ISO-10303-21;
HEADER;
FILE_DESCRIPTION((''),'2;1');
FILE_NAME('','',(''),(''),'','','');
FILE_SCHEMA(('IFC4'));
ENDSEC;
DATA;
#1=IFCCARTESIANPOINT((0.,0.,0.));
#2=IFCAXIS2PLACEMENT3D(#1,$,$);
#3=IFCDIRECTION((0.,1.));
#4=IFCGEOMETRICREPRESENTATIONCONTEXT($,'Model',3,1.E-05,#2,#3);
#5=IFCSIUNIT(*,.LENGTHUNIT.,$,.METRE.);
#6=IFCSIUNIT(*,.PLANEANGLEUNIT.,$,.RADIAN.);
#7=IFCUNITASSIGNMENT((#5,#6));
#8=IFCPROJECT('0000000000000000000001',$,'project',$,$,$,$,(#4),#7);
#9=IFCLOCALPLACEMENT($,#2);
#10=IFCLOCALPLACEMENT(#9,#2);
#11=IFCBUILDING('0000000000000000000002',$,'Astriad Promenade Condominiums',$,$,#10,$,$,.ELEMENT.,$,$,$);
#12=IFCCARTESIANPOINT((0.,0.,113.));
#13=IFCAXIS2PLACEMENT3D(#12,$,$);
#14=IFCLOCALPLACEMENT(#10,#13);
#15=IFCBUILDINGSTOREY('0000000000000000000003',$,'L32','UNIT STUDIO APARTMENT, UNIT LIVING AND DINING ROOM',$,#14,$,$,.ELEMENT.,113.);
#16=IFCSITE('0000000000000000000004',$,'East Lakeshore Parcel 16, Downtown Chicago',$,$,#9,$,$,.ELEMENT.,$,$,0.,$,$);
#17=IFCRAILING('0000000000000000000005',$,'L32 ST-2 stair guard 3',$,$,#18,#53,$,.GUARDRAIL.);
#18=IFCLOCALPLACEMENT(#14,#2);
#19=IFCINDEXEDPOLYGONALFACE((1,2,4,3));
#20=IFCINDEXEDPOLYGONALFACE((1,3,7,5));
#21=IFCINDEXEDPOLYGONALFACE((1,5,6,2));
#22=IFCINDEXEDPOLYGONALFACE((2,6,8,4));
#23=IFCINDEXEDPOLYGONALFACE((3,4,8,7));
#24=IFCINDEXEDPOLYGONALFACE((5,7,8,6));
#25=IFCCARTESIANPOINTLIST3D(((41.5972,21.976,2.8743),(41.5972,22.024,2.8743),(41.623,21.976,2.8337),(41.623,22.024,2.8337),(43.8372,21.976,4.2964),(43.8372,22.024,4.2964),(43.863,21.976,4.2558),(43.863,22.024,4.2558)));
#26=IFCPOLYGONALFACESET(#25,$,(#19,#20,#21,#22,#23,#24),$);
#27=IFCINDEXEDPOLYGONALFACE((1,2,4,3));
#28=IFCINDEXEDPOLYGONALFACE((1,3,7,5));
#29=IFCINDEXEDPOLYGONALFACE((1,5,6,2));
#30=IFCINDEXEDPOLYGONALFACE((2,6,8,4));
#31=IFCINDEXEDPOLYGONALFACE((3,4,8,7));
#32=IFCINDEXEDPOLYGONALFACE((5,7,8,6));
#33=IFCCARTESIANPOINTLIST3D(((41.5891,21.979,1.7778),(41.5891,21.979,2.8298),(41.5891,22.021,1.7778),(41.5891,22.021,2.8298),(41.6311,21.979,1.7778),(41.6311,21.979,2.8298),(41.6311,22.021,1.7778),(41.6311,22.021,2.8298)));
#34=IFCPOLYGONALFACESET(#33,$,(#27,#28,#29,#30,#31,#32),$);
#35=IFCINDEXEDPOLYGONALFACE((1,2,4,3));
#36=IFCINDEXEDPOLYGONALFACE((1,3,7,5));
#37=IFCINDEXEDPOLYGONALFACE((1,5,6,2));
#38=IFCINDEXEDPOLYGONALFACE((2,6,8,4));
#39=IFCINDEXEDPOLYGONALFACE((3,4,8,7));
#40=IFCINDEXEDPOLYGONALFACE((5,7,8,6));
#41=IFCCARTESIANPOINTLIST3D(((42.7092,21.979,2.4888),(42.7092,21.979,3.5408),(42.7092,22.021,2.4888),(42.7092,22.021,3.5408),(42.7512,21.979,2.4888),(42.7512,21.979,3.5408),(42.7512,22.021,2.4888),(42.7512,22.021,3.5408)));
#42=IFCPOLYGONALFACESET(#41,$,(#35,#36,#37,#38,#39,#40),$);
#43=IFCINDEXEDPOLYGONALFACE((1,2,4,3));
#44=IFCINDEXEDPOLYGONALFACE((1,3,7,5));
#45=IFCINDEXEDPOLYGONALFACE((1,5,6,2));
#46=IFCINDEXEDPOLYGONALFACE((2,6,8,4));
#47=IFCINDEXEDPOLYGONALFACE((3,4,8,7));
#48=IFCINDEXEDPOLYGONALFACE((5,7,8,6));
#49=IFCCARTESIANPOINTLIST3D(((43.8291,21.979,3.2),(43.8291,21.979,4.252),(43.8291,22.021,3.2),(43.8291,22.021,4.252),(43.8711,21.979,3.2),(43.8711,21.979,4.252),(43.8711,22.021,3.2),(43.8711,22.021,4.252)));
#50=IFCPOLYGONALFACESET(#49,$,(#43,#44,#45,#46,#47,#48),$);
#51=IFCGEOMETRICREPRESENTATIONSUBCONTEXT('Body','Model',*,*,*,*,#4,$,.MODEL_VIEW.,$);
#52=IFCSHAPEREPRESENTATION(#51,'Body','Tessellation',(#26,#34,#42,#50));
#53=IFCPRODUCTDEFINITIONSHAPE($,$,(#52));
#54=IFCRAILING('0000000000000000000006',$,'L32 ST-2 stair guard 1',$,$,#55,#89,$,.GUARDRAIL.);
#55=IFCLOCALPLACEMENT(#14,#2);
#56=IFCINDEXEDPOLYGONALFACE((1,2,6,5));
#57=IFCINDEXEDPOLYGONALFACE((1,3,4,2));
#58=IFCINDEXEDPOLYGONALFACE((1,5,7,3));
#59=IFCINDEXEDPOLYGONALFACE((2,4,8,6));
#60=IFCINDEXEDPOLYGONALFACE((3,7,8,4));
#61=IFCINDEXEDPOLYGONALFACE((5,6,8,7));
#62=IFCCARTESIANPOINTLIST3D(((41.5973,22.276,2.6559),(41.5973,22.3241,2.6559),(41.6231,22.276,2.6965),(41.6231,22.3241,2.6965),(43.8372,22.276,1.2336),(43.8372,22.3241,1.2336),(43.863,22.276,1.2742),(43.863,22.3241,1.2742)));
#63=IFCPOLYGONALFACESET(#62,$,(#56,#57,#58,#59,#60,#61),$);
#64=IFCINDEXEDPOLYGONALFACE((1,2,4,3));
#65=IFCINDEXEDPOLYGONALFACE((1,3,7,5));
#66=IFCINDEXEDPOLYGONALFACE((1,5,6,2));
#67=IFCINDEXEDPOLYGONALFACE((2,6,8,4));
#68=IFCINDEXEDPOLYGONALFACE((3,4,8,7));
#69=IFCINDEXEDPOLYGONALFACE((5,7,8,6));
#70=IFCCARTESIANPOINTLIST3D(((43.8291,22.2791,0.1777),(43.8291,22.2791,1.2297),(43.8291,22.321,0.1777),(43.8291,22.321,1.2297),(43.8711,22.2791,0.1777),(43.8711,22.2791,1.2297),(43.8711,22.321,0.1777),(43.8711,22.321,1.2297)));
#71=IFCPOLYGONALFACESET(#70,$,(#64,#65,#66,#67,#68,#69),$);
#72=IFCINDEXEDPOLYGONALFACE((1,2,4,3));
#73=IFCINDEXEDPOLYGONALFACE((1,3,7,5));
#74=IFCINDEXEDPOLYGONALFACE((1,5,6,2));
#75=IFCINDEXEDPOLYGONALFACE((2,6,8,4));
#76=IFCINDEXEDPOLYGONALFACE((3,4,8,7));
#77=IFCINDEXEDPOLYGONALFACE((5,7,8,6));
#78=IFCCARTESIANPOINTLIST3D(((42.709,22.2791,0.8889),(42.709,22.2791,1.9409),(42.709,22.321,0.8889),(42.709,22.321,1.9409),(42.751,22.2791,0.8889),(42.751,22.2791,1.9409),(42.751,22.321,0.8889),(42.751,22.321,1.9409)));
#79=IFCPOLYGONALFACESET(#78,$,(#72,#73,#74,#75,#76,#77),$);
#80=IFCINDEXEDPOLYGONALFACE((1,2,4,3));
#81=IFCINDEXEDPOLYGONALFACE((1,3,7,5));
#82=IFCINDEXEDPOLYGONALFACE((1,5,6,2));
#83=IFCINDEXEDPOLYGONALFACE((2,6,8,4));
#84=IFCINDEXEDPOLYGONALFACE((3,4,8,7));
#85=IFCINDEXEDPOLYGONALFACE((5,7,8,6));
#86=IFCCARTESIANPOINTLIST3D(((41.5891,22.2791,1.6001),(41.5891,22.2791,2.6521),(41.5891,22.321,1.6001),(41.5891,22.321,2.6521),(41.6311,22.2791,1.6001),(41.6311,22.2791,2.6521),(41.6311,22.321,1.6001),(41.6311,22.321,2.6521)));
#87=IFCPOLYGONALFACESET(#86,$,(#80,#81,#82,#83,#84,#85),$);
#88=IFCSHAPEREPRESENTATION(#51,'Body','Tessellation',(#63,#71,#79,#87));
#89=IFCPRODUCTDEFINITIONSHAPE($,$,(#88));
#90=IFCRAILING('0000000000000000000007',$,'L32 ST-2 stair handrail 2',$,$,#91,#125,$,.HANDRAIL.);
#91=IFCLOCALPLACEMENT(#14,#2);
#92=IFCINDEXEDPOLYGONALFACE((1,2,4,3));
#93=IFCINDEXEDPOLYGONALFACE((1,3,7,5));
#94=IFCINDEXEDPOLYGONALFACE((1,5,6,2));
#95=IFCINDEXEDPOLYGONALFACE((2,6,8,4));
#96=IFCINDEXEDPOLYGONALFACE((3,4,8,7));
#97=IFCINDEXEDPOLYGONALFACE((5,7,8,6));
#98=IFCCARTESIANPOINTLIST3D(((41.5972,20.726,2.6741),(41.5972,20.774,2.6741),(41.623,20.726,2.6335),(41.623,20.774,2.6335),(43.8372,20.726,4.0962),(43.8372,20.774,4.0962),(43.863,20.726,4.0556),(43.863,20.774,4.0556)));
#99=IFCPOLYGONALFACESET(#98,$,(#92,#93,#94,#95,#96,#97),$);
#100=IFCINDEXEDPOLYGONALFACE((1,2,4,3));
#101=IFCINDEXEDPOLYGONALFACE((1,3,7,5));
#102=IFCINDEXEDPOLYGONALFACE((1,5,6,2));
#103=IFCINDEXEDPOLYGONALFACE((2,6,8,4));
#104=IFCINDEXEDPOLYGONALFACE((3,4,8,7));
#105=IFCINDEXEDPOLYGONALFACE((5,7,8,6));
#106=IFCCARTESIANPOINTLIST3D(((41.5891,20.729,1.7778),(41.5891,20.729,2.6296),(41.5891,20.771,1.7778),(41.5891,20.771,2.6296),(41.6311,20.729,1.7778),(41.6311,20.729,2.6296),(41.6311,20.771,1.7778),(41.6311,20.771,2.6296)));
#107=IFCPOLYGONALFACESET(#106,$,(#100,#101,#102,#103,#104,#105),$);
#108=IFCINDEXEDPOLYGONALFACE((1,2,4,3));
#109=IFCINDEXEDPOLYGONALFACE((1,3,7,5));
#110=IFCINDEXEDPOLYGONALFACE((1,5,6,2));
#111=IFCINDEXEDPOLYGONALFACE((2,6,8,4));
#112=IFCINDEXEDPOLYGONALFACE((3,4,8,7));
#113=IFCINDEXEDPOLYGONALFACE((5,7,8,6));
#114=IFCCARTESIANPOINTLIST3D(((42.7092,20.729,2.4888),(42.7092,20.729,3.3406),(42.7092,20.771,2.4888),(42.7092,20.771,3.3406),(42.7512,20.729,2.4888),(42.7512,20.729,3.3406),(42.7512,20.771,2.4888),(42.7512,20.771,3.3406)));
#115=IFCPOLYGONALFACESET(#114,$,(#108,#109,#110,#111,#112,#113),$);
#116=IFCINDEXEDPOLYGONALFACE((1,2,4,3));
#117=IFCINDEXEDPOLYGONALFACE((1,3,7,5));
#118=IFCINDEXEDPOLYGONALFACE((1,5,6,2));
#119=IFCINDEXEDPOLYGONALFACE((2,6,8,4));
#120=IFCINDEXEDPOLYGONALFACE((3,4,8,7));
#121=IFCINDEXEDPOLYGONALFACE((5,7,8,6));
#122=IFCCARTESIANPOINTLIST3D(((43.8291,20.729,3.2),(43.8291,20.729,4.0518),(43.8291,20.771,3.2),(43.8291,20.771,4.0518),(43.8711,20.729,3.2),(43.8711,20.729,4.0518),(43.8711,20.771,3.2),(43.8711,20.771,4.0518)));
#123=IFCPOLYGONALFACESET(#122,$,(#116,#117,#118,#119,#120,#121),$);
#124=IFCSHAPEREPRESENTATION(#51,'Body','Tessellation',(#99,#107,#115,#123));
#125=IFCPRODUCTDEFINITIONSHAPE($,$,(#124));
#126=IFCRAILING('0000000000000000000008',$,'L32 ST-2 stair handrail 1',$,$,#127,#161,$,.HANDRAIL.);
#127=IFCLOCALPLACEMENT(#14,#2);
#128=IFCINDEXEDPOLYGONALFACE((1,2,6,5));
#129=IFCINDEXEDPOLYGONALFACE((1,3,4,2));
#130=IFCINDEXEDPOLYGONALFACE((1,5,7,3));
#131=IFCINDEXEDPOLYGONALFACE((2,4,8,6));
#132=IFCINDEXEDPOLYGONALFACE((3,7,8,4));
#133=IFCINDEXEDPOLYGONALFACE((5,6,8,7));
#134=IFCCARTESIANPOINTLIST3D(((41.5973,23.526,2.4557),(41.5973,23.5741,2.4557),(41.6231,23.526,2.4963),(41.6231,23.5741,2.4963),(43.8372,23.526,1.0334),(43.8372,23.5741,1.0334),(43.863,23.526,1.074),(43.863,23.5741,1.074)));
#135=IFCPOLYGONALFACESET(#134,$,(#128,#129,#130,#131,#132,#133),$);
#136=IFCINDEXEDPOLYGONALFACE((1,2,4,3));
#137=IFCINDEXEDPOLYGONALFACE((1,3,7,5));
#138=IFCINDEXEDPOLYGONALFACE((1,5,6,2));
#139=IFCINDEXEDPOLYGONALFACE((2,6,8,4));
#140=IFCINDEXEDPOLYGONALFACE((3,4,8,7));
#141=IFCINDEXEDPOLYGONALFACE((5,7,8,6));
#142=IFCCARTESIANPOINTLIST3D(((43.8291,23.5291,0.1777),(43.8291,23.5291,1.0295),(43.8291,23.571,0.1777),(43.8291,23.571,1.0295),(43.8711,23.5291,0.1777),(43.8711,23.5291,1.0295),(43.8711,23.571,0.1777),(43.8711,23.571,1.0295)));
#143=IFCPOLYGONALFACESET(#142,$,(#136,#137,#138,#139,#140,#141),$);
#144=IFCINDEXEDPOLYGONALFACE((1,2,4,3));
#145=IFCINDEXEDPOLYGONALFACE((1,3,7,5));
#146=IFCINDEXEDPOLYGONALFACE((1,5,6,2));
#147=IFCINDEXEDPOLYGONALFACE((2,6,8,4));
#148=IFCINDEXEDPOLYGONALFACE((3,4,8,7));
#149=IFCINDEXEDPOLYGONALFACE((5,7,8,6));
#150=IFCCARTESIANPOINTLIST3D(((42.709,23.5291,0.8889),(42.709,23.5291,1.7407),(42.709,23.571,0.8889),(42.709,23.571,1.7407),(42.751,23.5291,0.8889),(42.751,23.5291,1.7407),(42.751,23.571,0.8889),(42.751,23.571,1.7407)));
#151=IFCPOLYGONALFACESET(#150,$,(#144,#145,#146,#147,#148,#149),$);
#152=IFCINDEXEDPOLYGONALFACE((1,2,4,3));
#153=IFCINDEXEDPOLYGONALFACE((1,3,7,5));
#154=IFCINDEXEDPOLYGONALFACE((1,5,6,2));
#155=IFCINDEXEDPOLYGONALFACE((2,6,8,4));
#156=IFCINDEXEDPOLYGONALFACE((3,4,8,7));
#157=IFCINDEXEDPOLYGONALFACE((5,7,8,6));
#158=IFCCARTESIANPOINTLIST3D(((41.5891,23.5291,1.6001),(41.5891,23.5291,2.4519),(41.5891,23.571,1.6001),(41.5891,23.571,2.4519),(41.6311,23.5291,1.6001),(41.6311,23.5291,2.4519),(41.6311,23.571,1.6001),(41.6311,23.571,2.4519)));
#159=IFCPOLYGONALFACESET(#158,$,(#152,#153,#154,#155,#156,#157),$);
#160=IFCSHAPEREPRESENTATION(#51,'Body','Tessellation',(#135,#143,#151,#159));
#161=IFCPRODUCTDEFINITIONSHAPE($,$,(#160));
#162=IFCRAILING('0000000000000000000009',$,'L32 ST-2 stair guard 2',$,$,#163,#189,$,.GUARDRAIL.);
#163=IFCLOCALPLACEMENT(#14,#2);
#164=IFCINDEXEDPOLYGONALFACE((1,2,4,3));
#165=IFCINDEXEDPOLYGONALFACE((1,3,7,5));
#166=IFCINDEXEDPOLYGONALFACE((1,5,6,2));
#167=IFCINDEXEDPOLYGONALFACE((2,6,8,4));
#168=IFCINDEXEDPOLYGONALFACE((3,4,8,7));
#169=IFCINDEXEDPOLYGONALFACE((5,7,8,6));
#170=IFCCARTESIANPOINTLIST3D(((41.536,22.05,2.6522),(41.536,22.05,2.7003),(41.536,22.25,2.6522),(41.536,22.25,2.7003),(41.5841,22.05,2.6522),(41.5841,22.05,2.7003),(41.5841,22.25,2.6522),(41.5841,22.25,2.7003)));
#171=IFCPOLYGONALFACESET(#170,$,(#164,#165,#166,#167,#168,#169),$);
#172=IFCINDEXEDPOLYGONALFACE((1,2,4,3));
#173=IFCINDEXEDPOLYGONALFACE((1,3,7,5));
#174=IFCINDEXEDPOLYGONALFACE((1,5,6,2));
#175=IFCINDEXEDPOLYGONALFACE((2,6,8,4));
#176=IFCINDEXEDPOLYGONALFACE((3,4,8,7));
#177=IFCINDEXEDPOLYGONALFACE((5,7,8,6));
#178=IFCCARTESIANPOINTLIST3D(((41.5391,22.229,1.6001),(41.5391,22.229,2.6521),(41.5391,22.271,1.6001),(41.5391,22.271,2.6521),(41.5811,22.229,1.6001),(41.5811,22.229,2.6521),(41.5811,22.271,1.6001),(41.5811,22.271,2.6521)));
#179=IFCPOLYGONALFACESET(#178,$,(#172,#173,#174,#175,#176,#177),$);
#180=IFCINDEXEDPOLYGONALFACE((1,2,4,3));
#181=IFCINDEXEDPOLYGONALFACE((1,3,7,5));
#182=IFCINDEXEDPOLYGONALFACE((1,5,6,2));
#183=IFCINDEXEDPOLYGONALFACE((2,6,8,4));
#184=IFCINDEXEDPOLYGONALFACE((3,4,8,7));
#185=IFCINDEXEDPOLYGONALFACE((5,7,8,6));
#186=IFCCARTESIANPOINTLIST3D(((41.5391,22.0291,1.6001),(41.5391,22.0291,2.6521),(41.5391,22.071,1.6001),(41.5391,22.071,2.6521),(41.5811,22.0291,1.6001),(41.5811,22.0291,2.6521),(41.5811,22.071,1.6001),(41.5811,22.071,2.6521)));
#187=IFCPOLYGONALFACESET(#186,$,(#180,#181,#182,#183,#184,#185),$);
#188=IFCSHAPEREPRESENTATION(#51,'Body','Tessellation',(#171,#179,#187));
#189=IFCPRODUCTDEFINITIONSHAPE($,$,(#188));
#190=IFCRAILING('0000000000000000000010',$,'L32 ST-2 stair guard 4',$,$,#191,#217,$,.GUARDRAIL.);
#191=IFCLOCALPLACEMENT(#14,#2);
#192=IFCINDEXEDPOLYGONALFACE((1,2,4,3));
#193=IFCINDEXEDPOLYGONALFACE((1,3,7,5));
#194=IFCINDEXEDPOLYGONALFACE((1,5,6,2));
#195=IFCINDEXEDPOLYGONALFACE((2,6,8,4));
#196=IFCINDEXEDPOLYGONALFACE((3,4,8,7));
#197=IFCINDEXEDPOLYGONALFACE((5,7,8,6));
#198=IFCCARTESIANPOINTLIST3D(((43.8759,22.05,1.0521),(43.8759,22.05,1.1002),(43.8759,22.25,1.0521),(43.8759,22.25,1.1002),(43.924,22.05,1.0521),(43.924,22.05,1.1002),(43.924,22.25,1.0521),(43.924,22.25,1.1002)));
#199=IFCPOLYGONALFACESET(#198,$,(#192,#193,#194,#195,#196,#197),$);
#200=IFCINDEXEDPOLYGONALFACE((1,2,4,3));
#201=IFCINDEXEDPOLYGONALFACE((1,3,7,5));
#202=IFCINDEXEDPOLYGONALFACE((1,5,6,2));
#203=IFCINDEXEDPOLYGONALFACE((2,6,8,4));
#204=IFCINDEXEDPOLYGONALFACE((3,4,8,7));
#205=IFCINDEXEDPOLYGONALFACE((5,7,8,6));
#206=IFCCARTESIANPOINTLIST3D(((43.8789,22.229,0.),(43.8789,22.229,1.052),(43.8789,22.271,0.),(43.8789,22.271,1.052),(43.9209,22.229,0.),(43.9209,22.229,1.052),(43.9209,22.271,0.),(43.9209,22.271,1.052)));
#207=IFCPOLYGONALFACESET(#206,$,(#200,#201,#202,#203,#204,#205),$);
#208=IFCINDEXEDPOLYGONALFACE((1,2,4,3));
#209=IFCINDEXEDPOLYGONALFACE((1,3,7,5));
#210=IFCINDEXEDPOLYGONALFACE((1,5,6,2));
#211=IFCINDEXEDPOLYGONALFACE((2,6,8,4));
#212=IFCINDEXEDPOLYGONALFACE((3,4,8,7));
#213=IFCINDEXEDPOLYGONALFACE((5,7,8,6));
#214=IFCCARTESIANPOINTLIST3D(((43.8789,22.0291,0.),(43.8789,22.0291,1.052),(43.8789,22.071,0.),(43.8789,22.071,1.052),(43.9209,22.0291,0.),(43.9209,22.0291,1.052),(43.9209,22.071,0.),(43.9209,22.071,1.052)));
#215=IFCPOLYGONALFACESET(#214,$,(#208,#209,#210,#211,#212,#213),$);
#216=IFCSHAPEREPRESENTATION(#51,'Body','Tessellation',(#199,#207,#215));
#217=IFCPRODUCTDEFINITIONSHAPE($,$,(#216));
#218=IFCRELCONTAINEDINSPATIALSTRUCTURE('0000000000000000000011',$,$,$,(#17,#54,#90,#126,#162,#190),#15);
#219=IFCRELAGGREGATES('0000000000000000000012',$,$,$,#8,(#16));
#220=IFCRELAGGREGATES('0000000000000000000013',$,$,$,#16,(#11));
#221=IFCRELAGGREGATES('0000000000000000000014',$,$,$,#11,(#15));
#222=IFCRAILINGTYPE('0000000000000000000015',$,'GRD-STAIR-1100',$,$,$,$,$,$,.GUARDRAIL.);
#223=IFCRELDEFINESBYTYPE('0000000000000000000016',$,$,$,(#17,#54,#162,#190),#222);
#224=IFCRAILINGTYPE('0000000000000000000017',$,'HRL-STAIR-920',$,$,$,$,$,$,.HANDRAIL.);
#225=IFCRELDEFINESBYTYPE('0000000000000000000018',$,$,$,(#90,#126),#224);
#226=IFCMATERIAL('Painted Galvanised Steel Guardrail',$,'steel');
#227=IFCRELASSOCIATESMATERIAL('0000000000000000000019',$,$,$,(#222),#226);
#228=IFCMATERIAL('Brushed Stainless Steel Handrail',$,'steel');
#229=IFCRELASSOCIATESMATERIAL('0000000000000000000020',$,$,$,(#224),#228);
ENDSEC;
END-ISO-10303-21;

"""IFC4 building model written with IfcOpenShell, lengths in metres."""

from ifc_helpers import new_model, si_unit, direction, frame, origin, origin_2d, place, context, subcontext, project, spatial, rectangle, extrude, source, transform, mapped, material, type_object, type_shapes, element, save


model = new_model("IFC4")

# Units and contexts
model_context = context("Model", 3, precision=1e-05, world=origin(), true_north=direction((0.0, 1.0)))
body_context = subcontext(model_context, "Body", "Model", "MODEL_VIEW")
ifc_project = project(units=[si_unit("LENGTHUNIT", "METRE"), si_unit("PLANEANGLEUNIT", "RADIAN")], contexts=[model_context])

# Site, building, storey
site_placement = place(None, origin())
site = spatial("IfcSite", under=ifc_project, at=site_placement, Name="East Lakeshore Parcel 16, Downtown Chicago", CompositionType="ELEMENT", RefElevation=0.0)
building_placement = place(site_placement, origin())
building = spatial("IfcBuilding", under=site, at=building_placement, Name="Astriad Promenade Condominiums", CompositionType="ELEMENT")
storey_placement = place(building_placement, frame((0.0, 0.0, 113.0)))
storey = spatial("IfcBuildingStorey", under=building, at=storey_placement, Name="L32", Description="UNIT STUDIO APARTMENT, UNIT LIVING AND DINING ROOM", CompositionType="ELEMENT", Elevation=113.0)

# Railings
ifc_material_1 = material(Name="Painted Galvanised Steel Guardrail", Category="steel")
railing_type_1 = type_object("IfcRailingType", Name="GRD-STAIR-1100", PredefinedType="GUARDRAIL", material=ifc_material_1)
shared_shape_1 = source(origin(), body_context, "Body", "SweptSolid", [
    extrude(rectangle(XDim=0.0481, YDim=0.0481, at=origin_2d()), frame((0.0, 0.0, 1.0762), z_axis=(0.844229, 0.0, 0.535982), x_axis=(0.0, 1.0, 0.0)), (0.0, 0.0, 1.0), 2.6533),
    extrude(rectangle(XDim=0.042, YDim=0.042, at=origin_2d()), origin(), (0.0, 0.0, 1.0), 1.052),
    extrude(rectangle(XDim=0.042, YDim=0.042, at=origin_2d()), frame((1.1201, 0.0, 0.7109)), (0.0, 0.0, 1.0), 1.052),
    extrude(rectangle(XDim=0.042, YDim=0.042, at=origin_2d()), frame((2.24, 0.0, 1.4221)), (0.0, 0.0, 1.0), 1.052),
])
railing_1_placement = place(storey_placement, frame((41.6101, 22.0, 1.7778)))
element("IfcRailing", 1, at=railing_1_placement, inside=storey, type_object=railing_type_1, Name="L32 ST-2 stair guard 3", PredefinedType="GUARDRAIL", context=body_context, shape_type="MappedRepresentation", body=[
    mapped(shared_shape_1, transform((0.0, 0.0, 0.0), scale=1.0)),
])
shared_shape_2 = source(origin(), body_context, "Body", "SweptSolid", [
    extrude(rectangle(XDim=0.0481, YDim=0.0481, at=origin_2d()), frame((0.0, 0.0, 1.0762), z_axis=(-0.844188, 0.0, 0.536048), x_axis=(0.0, -1.0, 0.0)), (0.0, 0.0, 1.0), 2.6533),
    extrude(rectangle(XDim=0.042, YDim=0.042, at=origin_2d()), origin(), (0.0, 0.0, 1.0), 1.052),
    extrude(rectangle(XDim=0.042, YDim=0.042, at=origin_2d()), frame((-1.1201, 0.0, 0.7112)), (0.0, 0.0, 1.0), 1.052),
    extrude(rectangle(XDim=0.042, YDim=0.042, at=origin_2d()), frame((-2.24, 0.0, 1.4224)), (0.0, 0.0, 1.0), 1.052),
])
railing_2_placement = place(storey_placement, frame((43.8501, 22.3, 0.1777)))
element("IfcRailing", 2, at=railing_2_placement, inside=storey, type_object=railing_type_1, Name="L32 ST-2 stair guard 1", PredefinedType="GUARDRAIL", context=body_context, shape_type="MappedRepresentation", body=[
    mapped(shared_shape_2, transform((0.0, 0.0, 0.0), scale=1.0)),
])
ifc_material_2 = material(Name="Brushed Stainless Steel Handrail", Category="steel")
railing_type_2 = type_object("IfcRailingType", Name="HRL-STAIR-920", PredefinedType="HANDRAIL", material=ifc_material_2)
shared_shape_3 = source(origin(), body_context, "Body", "SweptSolid", [
    extrude(rectangle(XDim=0.0481, YDim=0.0481, at=origin_2d()), frame((0.0, 0.0, 0.876), z_axis=(0.844229, 0.0, 0.535982), x_axis=(0.0, 1.0, 0.0)), (0.0, 0.0, 1.0), 2.6533),
    extrude(rectangle(XDim=0.042, YDim=0.042, at=origin_2d()), origin(), (0.0, 0.0, 1.0), 0.8518),
    extrude(rectangle(XDim=0.042, YDim=0.042, at=origin_2d()), frame((1.1201, 0.0, 0.7109)), (0.0, 0.0, 1.0), 0.8518),
    extrude(rectangle(XDim=0.042, YDim=0.042, at=origin_2d()), frame((2.24, 0.0, 1.4221)), (0.0, 0.0, 1.0), 0.8518),
])
railing_3_placement = place(storey_placement, frame((41.6101, 20.75, 1.7778)))
element("IfcRailing", 3, at=railing_3_placement, inside=storey, type_object=railing_type_2, Name="L32 ST-2 stair handrail 2", PredefinedType="HANDRAIL", context=body_context, shape_type="MappedRepresentation", body=[
    mapped(shared_shape_3, transform((0.0, 0.0, 0.0), scale=1.0)),
])
shared_shape_4 = source(origin(), body_context, "Body", "SweptSolid", [
    extrude(rectangle(XDim=0.0481, YDim=0.0481, at=origin_2d()), frame((0.0, 0.0, 0.876), z_axis=(-0.844188, 0.0, 0.536048), x_axis=(0.0, -1.0, 0.0)), (0.0, 0.0, 1.0), 2.6533),
    extrude(rectangle(XDim=0.042, YDim=0.042, at=origin_2d()), origin(), (0.0, 0.0, 1.0), 0.8518),
    extrude(rectangle(XDim=0.042, YDim=0.042, at=origin_2d()), frame((-1.1201, 0.0, 0.7112)), (0.0, 0.0, 1.0), 0.8518),
    extrude(rectangle(XDim=0.042, YDim=0.042, at=origin_2d()), frame((-2.24, 0.0, 1.4224)), (0.0, 0.0, 1.0), 0.8518),
])
type_shapes(railing_type_2, [shared_shape_3, shared_shape_4])
railing_4_placement = place(storey_placement, frame((43.8501, 23.55, 0.1777)))
element("IfcRailing", 4, at=railing_4_placement, inside=storey, type_object=railing_type_2, Name="L32 ST-2 stair handrail 1", PredefinedType="HANDRAIL", context=body_context, shape_type="MappedRepresentation", body=[
    mapped(shared_shape_4, transform((0.0, 0.0, 0.0), scale=1.0)),
])
shared_shape_5 = source(origin(), body_context, "Body", "SweptSolid", [
    extrude(rectangle(XDim=0.0481, YDim=0.0481, at=origin_2d()), frame((0.0, 0.0, 1.0762), z_axis=(0.0, -1.0, 0.0), x_axis=(1.0, 0.0, 0.0)), (0.0, 0.0, 1.0), 0.2),
    extrude(rectangle(XDim=0.042, YDim=0.042, at=origin_2d()), origin(), (0.0, 0.0, 1.0), 1.052),
    extrude(rectangle(XDim=0.042, YDim=0.042, at=origin_2d()), frame((0.0, -0.2, 0.0)), (0.0, 0.0, 1.0), 1.052),
])
type_shapes(railing_type_1, [shared_shape_1, shared_shape_2, shared_shape_5])
for number, where, name in (
    (5, (41.5601, 22.25, 1.6001), "L32 ST-2 stair guard 2"),
    (6, (43.8999, 22.25, 0.0), "L32 ST-2 stair guard 4"),
):
    element("IfcRailing", number, at=place(storey_placement, frame(where)), inside=storey, type_object=railing_type_1, Name=name, PredefinedType="GUARDRAIL", context=body_context, shape_type="MappedRepresentation", body=[
        mapped(shared_shape_5, transform((0.0, 0.0, 0.0), scale=1.0)),
    ])

save(model, "model.ifc")
